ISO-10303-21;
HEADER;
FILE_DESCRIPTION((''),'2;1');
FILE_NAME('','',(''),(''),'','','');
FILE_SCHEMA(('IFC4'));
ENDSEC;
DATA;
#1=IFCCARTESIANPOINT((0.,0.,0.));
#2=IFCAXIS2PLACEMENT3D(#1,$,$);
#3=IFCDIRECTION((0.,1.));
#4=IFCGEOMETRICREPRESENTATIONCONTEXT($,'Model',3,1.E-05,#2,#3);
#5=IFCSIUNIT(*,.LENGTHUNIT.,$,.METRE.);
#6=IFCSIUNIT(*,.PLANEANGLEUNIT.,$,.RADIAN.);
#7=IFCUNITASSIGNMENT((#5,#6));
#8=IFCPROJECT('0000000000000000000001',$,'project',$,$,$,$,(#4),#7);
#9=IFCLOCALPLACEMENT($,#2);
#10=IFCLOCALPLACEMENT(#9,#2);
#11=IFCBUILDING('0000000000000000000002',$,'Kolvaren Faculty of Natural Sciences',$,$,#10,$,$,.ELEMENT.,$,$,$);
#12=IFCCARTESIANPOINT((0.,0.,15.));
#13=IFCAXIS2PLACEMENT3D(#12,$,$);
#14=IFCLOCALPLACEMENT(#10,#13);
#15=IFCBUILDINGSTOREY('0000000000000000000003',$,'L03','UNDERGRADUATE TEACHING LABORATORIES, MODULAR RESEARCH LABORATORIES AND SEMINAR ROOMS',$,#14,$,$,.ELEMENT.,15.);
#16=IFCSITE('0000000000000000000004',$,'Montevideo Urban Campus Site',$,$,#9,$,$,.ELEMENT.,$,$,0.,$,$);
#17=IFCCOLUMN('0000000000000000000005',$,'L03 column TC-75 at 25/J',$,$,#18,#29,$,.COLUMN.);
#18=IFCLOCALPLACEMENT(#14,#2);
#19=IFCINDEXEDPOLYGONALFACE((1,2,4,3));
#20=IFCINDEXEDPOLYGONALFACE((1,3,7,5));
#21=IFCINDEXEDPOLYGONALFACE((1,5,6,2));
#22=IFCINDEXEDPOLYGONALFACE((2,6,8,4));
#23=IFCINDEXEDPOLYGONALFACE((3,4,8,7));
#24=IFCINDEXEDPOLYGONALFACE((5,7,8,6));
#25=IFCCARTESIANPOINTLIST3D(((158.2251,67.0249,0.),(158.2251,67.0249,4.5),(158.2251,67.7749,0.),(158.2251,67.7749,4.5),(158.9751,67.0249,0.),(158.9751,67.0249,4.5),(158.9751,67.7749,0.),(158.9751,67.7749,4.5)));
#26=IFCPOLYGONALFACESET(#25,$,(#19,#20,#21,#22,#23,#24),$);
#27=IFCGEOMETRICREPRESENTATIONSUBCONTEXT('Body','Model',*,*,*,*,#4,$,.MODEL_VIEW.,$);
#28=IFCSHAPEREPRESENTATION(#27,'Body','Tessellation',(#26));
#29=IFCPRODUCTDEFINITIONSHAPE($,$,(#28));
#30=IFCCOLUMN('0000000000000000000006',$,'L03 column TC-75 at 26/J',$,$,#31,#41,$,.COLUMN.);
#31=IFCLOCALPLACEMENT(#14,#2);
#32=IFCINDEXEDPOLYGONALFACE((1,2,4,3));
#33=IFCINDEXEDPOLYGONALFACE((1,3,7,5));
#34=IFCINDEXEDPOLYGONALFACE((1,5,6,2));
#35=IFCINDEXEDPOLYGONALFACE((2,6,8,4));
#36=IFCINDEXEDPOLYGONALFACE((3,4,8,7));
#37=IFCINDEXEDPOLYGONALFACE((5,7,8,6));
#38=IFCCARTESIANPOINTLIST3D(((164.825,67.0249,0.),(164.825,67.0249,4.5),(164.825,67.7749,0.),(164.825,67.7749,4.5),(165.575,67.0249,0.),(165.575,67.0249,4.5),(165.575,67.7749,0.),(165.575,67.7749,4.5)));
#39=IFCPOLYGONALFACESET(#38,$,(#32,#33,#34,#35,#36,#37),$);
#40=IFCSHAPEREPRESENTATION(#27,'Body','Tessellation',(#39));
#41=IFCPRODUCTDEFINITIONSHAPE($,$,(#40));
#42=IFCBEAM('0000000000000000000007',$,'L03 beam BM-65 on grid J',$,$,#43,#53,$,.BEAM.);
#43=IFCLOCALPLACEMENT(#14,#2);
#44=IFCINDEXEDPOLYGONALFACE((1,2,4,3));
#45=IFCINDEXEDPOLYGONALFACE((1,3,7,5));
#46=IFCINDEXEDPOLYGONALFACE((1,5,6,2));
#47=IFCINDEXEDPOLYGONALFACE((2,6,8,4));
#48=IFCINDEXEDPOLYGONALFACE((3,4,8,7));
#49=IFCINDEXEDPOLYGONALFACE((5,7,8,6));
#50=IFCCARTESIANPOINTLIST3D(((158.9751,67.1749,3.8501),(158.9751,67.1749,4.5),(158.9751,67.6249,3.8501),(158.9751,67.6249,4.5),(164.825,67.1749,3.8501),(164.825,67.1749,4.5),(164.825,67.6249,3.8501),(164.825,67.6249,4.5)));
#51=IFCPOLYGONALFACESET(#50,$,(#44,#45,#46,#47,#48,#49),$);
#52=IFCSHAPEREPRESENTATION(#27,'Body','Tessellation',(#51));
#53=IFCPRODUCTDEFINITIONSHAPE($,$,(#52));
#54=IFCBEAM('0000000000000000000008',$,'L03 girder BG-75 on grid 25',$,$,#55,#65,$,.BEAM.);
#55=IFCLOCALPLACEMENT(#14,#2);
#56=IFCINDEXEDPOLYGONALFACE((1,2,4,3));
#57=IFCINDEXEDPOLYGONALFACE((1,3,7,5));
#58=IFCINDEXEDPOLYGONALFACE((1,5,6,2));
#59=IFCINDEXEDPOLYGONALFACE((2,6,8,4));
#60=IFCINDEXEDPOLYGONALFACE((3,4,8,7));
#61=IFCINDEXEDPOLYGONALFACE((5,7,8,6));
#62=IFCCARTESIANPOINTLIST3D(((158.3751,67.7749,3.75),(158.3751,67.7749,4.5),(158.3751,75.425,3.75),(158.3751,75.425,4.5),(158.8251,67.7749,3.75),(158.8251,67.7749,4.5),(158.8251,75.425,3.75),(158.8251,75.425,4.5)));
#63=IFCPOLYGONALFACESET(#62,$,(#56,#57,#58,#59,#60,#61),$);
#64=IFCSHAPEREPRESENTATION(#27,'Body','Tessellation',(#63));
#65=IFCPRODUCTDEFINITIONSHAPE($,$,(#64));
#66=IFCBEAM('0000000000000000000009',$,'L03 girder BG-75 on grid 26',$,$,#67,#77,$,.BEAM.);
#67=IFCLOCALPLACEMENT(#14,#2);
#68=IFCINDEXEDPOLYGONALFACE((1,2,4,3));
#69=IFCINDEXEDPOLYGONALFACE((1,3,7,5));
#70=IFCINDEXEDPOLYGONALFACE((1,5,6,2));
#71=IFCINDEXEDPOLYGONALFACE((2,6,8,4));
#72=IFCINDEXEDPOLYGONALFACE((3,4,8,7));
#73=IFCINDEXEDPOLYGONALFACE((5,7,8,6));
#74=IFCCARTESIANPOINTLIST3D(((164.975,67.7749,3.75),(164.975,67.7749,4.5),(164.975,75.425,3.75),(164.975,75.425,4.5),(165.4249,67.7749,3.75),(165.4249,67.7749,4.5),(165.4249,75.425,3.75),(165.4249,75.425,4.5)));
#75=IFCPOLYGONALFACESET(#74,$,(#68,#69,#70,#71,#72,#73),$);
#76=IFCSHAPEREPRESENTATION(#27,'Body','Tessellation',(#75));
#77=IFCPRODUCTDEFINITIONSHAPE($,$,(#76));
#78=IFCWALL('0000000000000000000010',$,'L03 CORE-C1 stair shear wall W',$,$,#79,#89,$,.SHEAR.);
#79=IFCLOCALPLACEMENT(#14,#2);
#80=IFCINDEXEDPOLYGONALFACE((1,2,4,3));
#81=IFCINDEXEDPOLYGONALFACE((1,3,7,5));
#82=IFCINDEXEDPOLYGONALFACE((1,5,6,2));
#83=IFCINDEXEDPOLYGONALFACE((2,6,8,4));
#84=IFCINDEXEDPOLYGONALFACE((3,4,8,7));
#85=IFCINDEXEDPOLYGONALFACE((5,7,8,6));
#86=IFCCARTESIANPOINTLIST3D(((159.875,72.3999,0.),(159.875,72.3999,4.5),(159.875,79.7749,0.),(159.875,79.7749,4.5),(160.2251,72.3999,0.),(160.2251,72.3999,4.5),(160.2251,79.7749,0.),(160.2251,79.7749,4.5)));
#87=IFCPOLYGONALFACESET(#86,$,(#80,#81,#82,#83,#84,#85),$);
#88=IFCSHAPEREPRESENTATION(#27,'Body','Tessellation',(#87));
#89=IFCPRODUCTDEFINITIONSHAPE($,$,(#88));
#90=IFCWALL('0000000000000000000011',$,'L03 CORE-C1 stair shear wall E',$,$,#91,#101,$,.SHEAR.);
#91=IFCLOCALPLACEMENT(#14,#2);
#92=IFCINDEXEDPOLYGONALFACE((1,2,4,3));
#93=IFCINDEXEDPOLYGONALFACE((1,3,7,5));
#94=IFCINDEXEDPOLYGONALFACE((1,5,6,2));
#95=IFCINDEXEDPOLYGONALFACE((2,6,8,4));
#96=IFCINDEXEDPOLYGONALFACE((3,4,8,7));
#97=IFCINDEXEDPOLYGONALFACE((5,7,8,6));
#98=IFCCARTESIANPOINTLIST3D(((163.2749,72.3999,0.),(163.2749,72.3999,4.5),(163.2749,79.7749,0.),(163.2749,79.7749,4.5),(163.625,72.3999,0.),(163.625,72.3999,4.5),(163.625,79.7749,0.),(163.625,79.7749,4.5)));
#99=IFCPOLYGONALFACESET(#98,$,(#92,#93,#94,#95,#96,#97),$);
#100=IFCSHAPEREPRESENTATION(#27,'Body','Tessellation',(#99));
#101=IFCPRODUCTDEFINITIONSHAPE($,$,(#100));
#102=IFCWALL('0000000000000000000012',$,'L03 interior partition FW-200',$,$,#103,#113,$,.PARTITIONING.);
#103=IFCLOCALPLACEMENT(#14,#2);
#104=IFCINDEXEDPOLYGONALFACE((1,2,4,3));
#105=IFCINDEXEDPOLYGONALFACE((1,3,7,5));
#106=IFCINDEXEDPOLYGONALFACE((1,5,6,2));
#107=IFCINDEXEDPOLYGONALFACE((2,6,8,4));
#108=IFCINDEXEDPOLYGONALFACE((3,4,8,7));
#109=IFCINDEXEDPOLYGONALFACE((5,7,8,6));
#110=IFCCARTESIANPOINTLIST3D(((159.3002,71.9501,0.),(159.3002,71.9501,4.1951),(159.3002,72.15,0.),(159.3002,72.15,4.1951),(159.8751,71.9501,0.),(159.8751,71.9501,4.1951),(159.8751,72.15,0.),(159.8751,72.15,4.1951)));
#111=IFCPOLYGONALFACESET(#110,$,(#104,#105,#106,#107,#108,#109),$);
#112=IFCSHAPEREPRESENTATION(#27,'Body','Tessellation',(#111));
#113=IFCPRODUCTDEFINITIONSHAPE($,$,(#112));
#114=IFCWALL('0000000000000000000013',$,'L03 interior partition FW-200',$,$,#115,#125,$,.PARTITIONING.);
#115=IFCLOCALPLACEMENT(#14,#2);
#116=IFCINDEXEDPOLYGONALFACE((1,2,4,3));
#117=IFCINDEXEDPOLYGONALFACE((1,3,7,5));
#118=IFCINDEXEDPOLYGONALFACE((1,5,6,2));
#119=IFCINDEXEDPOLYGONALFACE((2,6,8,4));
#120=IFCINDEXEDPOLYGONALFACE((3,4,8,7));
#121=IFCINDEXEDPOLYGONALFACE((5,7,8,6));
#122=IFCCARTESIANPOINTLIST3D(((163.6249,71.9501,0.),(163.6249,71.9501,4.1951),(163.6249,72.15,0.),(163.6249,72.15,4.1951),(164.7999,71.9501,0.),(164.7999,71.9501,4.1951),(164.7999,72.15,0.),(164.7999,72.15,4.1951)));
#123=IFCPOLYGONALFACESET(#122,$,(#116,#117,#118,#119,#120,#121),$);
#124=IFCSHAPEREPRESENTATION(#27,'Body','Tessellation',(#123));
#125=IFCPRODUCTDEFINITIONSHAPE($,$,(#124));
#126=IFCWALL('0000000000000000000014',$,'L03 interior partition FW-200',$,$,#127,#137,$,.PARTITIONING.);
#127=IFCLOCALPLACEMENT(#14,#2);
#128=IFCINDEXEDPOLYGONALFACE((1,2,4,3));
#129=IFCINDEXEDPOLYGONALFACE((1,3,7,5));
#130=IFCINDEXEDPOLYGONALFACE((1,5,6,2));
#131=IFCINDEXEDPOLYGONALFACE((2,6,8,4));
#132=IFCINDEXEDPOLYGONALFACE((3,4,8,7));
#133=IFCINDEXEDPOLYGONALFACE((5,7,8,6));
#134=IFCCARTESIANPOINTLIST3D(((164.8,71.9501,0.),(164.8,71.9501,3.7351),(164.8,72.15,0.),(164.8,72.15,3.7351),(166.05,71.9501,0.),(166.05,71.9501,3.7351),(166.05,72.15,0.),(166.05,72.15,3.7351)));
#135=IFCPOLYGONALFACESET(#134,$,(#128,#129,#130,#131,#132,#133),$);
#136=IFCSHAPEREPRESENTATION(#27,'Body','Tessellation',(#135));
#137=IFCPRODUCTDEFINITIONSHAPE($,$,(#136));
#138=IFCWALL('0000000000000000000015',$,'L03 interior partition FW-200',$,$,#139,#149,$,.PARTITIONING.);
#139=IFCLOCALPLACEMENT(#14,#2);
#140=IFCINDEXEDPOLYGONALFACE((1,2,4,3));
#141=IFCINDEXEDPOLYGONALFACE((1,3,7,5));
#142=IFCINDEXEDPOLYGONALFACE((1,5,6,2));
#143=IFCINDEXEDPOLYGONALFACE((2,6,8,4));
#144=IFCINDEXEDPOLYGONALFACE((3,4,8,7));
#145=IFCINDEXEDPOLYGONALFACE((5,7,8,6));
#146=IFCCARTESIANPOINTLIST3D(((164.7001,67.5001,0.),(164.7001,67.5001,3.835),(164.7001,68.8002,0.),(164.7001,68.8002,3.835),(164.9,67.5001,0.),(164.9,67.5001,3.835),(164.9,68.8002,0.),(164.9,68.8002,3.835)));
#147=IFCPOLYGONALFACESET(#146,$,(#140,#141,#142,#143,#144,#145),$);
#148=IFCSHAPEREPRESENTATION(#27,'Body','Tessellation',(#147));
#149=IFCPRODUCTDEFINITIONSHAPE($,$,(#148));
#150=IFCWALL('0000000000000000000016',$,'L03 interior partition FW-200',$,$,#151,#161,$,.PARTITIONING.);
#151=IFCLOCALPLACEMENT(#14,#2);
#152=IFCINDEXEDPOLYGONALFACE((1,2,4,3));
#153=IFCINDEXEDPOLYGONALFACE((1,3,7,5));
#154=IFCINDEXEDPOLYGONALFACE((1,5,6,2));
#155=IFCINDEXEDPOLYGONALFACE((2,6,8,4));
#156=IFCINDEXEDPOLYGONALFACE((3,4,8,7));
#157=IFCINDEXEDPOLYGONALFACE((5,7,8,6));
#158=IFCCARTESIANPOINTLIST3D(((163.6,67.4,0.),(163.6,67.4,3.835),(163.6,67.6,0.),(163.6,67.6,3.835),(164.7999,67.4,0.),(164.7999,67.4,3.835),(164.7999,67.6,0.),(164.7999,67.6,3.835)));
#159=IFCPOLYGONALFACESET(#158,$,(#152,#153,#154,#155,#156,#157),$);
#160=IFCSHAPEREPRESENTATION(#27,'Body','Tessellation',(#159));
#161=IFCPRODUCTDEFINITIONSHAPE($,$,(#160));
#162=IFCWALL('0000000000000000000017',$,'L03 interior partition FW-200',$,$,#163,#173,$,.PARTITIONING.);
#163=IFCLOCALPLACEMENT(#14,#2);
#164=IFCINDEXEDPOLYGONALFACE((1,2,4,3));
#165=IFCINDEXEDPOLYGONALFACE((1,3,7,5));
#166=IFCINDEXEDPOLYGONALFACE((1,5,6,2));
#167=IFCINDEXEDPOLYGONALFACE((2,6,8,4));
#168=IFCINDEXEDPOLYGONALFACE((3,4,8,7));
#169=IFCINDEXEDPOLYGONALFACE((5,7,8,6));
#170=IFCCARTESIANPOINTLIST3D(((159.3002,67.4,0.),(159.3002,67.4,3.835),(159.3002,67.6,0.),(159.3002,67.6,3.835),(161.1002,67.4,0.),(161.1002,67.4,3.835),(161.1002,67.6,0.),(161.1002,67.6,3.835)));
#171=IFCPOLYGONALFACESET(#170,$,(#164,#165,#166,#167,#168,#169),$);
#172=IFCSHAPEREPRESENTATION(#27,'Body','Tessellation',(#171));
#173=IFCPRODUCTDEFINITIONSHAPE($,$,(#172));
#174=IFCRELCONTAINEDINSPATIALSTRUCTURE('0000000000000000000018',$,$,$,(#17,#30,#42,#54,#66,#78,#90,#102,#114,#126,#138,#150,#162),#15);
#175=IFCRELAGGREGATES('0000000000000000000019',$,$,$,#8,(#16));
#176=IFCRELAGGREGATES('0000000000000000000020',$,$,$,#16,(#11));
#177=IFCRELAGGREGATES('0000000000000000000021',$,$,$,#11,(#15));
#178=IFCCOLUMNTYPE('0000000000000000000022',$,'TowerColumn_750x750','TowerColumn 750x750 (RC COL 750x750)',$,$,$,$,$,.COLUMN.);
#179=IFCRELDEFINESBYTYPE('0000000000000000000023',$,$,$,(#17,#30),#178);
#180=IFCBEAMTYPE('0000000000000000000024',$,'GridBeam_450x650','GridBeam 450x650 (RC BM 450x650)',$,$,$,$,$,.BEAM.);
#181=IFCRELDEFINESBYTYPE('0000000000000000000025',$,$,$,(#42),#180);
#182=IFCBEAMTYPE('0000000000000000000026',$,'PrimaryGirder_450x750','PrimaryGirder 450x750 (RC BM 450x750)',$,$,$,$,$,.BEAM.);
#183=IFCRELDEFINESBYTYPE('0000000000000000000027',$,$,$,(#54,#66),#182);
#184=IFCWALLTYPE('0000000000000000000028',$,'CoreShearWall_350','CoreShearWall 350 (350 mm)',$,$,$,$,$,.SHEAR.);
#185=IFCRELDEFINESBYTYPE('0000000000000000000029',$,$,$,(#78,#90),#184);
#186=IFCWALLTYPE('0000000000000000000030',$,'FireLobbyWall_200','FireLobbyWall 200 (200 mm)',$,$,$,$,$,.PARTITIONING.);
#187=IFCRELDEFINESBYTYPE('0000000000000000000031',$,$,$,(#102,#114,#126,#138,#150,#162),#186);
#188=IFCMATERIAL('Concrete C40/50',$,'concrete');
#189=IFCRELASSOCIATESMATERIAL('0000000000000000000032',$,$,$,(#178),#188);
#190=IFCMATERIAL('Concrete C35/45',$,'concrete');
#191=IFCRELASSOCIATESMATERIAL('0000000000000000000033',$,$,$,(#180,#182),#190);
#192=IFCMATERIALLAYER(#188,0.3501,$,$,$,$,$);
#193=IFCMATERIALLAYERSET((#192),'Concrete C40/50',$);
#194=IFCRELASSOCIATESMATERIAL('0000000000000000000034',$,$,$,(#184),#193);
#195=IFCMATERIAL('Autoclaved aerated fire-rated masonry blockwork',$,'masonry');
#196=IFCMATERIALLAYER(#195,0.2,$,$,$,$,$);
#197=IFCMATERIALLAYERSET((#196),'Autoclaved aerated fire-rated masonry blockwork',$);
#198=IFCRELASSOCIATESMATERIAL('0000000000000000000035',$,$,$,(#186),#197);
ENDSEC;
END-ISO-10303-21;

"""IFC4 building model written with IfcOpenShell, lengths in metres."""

from ifc_helpers import new_model, si_unit, direction, frame, frame_2d, origin, origin_2d, place, context, subcontext, project, spatial, rectangle, extrude, material, layer, layer_set, material_profile, profile_set, type_object, element, save


model = new_model("IFC4")

# Units and contexts
model_context = context("Model", 3, precision=1e-05, world=origin(), true_north=direction((0.0, 1.0)))
body_context = subcontext(model_context, "Body", "Model", "MODEL_VIEW")
ifc_project = project(units=[si_unit("LENGTHUNIT", "METRE"), si_unit("PLANEANGLEUNIT", "RADIAN")], contexts=[model_context])

# Site, building, storey
site_placement = place(None, origin())
site = spatial("IfcSite", under=ifc_project, at=site_placement, Name="Montevideo Urban Campus Site", CompositionType="ELEMENT", RefElevation=0.0)
building_placement = place(site_placement, origin())
building = spatial("IfcBuilding", under=site, at=building_placement, Name="Kolvaren Faculty of Natural Sciences", CompositionType="ELEMENT")
storey_placement = place(building_placement, frame((0.0, 0.0, 15.0)))
storey = spatial("IfcBuildingStorey", under=building, at=storey_placement, Name="L03", Description="UNDERGRADUATE TEACHING LABORATORIES, MODULAR RESEARCH LABORATORIES AND SEMINAR ROOMS", CompositionType="ELEMENT", Elevation=15.0)

# Columns
ifc_material_1 = material(Name="Concrete C40/50", Category="concrete")
ifc_material_profile_1 = material_profile(ifc_material_1, rectangle(XDim=0.75, YDim=0.75, at=origin_2d()), Name="RC COL 750x750")
ifc_profile_set_1 = profile_set([ifc_material_profile_1], Name="Concrete C40/50")
column_type = type_object("IfcColumnType", Name="TowerColumn_750x750", Description="TowerColumn 750x750 (RC COL 750x750)", PredefinedType="COLUMN", material=ifc_profile_set_1)
for number, where, z_axis, x_axis, name in (
    (1, (158.6001, 67.3999, 0.0), (0.0, 0.0, 1.0), (1.0, 0.0, 0.0), "L03 column TC-75 at 25/J"),
    (2, (165.2, 67.3999, 0.0), (0.0, 0.0, 1.0), (1.0, 0.0, 0.0), "L03 column TC-75 at 26/J"),
):
    element("IfcColumn", number, at=place(storey_placement, frame(where, z_axis=z_axis, x_axis=x_axis)), inside=storey, type_object=column_type, Name=name, PredefinedType="COLUMN", context=body_context, shape_type="SweptSolid", body=[
        extrude(rectangle(XDim=0.75, YDim=0.75, at=origin_2d()), origin(), (0.0, 0.0, 1.0), 4.5),
    ])

# Beams
ifc_material_2 = material(Name="Concrete C35/45", Category="concrete")
ifc_material_profile_2 = material_profile(ifc_material_2, rectangle(XDim=0.45, YDim=0.6499, at=origin_2d()), Name="RC BM 450x650")
ifc_profile_set_2 = profile_set([ifc_material_profile_2], Name="Concrete C35/45")
beam_type_1 = type_object("IfcBeamType", Name="GridBeam_450x650", Description="GridBeam 450x650 (RC BM 450x650)", PredefinedType="BEAM", material=ifc_profile_set_2)
beam_placement = place(storey_placement, frame((158.9751, 67.3999, 4.175), z_axis=(1.0, 0.0, 0.0), x_axis=(0.0, 1.0, 0.0)))
element("IfcBeam", 3, at=beam_placement, inside=storey, type_object=beam_type_1, Name="L03 beam BM-65 on grid J", PredefinedType="BEAM", context=body_context, shape_type="SweptSolid", body=[
    extrude(rectangle(XDim=0.45, YDim=0.6499, at=origin_2d()), origin(), (0.0, 0.0, 1.0), 5.8499),
])
ifc_material_profile_3 = material_profile(ifc_material_2, rectangle(XDim=0.45, YDim=0.75, at=origin_2d()), Name="RC BM 450x750")
ifc_profile_set_3 = profile_set([ifc_material_profile_3], Name="Concrete C35/45")
beam_type_2 = type_object("IfcBeamType", Name="PrimaryGirder_450x750", Description="PrimaryGirder 450x750 (RC BM 450x750)", PredefinedType="BEAM", material=ifc_profile_set_3)
for number, where, z_axis, x_axis, name in (
    (4, (158.6001, 67.7749, 4.125), (0.0, 1.0, 0.0), (-1.0, 0.0, 0.0), "L03 girder BG-75 on grid 25"),
    (5, (165.2, 67.7749, 4.125), (0.0, 1.0, 0.0), (-1.0, 0.0, 0.0), "L03 girder BG-75 on grid 26"),
):
    element("IfcBeam", number, at=place(storey_placement, frame(where, z_axis=z_axis, x_axis=x_axis)), inside=storey, type_object=beam_type_2, Name=name, PredefinedType="BEAM", context=body_context, shape_type="SweptSolid", body=[
        extrude(rectangle(XDim=0.45, YDim=0.75, at=origin_2d()), origin(), (0.0, 0.0, 1.0), 7.6501),
    ])

# Shared definitions
ifc_layer_1 = layer(ifc_material_1, 0.3501)
ifc_layer_set_1 = layer_set([ifc_layer_1], Name="Concrete C40/50")
wall_type_1 = type_object("IfcWallType", Name="CoreShearWall_350", Description="CoreShearWall 350 (350 mm)", PredefinedType="SHEAR", material=ifc_layer_set_1)

# Walls
for number, where, z_axis, x_axis, name in (
    (6, (160.05, 72.3999, 0.0), (0.0, 0.0, 1.0), (0.0, 1.0, 0.0), "L03 CORE-C1 stair shear wall W"),
    (7, (163.45, 72.3999, 0.0), (0.0, 0.0, 1.0), (0.0, 1.0, 0.0), "L03 CORE-C1 stair shear wall E"),
):
    element("IfcWall", number, at=place(storey_placement, frame(where, z_axis=z_axis, x_axis=x_axis)), inside=storey, type_object=wall_type_1, Name=name, PredefinedType="SHEAR", context=body_context, shape_type="SweptSolid", body=[
        extrude(rectangle(XDim=7.375, YDim=0.3501, at=frame_2d((3.6875, 0.0))), origin(), (0.0, 0.0, 1.0), 4.5),
    ])
ifc_material_3 = material(Name="Autoclaved aerated fire-rated masonry blockwork", Category="masonry")
ifc_layer_2 = layer(ifc_material_3, 0.2)
ifc_layer_set_2 = layer_set([ifc_layer_2], Name="Autoclaved aerated fire-rated masonry blockwork")
wall_type_2 = type_object("IfcWallType", Name="FireLobbyWall_200", Description="FireLobbyWall 200 (200 mm)", PredefinedType="PARTITIONING", material=ifc_layer_set_2)
wall_1_placement = place(storey_placement, frame((159.3, 72.05, 0.0), z_axis=(0.0, 0.0, 1.0), x_axis=(1.0, 0.0, 0.0)))
element("IfcWall", 8, at=wall_1_placement, inside=storey, type_object=wall_type_2, Name="L03 interior partition FW-200", PredefinedType="PARTITIONING", context=body_context, shape_type="SweptSolid", body=[
    extrude(rectangle(XDim=0.575, YDim=0.2, at=frame_2d((0.2876, 0.0))), origin(), (0.0, 0.0, 1.0), 4.1951),
])
wall_2_placement = place(storey_placement, frame((163.625, 72.05, 0.0), z_axis=(0.0, 0.0, 1.0), x_axis=(1.0, 0.0, 0.0)))
element("IfcWall", 9, at=wall_2_placement, inside=storey, type_object=wall_type_2, Name="L03 interior partition FW-200", PredefinedType="PARTITIONING", context=body_context, shape_type="SweptSolid", body=[
    extrude(rectangle(XDim=1.175, YDim=0.2, at=frame_2d((0.5874, 0.0))), origin(), (0.0, 0.0, 1.0), 4.1951),
])
wall_3_placement = place(storey_placement, frame((164.8, 72.05, 0.0), z_axis=(0.0, 0.0, 1.0), x_axis=(1.0, 0.0, 0.0)))
element("IfcWall", 10, at=wall_3_placement, inside=storey, type_object=wall_type_2, Name="L03 interior partition FW-200", PredefinedType="PARTITIONING", context=body_context, shape_type="SweptSolid", body=[
    extrude(rectangle(XDim=1.25, YDim=0.2, at=frame_2d((0.625, 0.0))), origin(), (0.0, 0.0, 1.0), 3.7351),
])
wall_4_placement = place(storey_placement, frame((164.8, 68.8, 0.0), z_axis=(0.0, 0.0, 1.0), x_axis=(0.0, -1.0, 0.0)))
element("IfcWall", 11, at=wall_4_placement, inside=storey, type_object=wall_type_2, Name="L03 interior partition FW-200", PredefinedType="PARTITIONING", context=body_context, shape_type="SweptSolid", body=[
    extrude(rectangle(XDim=1.3, YDim=0.2, at=frame_2d((0.6499, 0.0))), origin(), (0.0, 0.0, 1.0), 3.835),
])
wall_5_placement = place(storey_placement, frame((164.8, 67.5, 0.0), z_axis=(0.0, 0.0, 1.0), x_axis=(-1.0, 0.0, 0.0)))
element("IfcWall", 12, at=wall_5_placement, inside=storey, type_object=wall_type_2, Name="L03 interior partition FW-200", PredefinedType="PARTITIONING", context=body_context, shape_type="SweptSolid", body=[
    extrude(rectangle(XDim=1.2, YDim=0.2, at=frame_2d((0.6001, 0.0))), origin(), (0.0, 0.0, 1.0), 3.835),
])
wall_6_placement = place(storey_placement, frame((161.1001, 67.5, 0.0), z_axis=(0.0, 0.0, 1.0), x_axis=(-1.0, 0.0, 0.0)))
element("IfcWall", 13, at=wall_6_placement, inside=storey, type_object=wall_type_2, Name="L03 interior partition FW-200", PredefinedType="PARTITIONING", context=body_context, shape_type="SweptSolid", body=[
    extrude(rectangle(XDim=1.8, YDim=0.2, at=frame_2d((0.8999, 0.0))), origin(), (0.0, 0.0, 1.0), 3.835),
])

save(model, "model.ifc")
